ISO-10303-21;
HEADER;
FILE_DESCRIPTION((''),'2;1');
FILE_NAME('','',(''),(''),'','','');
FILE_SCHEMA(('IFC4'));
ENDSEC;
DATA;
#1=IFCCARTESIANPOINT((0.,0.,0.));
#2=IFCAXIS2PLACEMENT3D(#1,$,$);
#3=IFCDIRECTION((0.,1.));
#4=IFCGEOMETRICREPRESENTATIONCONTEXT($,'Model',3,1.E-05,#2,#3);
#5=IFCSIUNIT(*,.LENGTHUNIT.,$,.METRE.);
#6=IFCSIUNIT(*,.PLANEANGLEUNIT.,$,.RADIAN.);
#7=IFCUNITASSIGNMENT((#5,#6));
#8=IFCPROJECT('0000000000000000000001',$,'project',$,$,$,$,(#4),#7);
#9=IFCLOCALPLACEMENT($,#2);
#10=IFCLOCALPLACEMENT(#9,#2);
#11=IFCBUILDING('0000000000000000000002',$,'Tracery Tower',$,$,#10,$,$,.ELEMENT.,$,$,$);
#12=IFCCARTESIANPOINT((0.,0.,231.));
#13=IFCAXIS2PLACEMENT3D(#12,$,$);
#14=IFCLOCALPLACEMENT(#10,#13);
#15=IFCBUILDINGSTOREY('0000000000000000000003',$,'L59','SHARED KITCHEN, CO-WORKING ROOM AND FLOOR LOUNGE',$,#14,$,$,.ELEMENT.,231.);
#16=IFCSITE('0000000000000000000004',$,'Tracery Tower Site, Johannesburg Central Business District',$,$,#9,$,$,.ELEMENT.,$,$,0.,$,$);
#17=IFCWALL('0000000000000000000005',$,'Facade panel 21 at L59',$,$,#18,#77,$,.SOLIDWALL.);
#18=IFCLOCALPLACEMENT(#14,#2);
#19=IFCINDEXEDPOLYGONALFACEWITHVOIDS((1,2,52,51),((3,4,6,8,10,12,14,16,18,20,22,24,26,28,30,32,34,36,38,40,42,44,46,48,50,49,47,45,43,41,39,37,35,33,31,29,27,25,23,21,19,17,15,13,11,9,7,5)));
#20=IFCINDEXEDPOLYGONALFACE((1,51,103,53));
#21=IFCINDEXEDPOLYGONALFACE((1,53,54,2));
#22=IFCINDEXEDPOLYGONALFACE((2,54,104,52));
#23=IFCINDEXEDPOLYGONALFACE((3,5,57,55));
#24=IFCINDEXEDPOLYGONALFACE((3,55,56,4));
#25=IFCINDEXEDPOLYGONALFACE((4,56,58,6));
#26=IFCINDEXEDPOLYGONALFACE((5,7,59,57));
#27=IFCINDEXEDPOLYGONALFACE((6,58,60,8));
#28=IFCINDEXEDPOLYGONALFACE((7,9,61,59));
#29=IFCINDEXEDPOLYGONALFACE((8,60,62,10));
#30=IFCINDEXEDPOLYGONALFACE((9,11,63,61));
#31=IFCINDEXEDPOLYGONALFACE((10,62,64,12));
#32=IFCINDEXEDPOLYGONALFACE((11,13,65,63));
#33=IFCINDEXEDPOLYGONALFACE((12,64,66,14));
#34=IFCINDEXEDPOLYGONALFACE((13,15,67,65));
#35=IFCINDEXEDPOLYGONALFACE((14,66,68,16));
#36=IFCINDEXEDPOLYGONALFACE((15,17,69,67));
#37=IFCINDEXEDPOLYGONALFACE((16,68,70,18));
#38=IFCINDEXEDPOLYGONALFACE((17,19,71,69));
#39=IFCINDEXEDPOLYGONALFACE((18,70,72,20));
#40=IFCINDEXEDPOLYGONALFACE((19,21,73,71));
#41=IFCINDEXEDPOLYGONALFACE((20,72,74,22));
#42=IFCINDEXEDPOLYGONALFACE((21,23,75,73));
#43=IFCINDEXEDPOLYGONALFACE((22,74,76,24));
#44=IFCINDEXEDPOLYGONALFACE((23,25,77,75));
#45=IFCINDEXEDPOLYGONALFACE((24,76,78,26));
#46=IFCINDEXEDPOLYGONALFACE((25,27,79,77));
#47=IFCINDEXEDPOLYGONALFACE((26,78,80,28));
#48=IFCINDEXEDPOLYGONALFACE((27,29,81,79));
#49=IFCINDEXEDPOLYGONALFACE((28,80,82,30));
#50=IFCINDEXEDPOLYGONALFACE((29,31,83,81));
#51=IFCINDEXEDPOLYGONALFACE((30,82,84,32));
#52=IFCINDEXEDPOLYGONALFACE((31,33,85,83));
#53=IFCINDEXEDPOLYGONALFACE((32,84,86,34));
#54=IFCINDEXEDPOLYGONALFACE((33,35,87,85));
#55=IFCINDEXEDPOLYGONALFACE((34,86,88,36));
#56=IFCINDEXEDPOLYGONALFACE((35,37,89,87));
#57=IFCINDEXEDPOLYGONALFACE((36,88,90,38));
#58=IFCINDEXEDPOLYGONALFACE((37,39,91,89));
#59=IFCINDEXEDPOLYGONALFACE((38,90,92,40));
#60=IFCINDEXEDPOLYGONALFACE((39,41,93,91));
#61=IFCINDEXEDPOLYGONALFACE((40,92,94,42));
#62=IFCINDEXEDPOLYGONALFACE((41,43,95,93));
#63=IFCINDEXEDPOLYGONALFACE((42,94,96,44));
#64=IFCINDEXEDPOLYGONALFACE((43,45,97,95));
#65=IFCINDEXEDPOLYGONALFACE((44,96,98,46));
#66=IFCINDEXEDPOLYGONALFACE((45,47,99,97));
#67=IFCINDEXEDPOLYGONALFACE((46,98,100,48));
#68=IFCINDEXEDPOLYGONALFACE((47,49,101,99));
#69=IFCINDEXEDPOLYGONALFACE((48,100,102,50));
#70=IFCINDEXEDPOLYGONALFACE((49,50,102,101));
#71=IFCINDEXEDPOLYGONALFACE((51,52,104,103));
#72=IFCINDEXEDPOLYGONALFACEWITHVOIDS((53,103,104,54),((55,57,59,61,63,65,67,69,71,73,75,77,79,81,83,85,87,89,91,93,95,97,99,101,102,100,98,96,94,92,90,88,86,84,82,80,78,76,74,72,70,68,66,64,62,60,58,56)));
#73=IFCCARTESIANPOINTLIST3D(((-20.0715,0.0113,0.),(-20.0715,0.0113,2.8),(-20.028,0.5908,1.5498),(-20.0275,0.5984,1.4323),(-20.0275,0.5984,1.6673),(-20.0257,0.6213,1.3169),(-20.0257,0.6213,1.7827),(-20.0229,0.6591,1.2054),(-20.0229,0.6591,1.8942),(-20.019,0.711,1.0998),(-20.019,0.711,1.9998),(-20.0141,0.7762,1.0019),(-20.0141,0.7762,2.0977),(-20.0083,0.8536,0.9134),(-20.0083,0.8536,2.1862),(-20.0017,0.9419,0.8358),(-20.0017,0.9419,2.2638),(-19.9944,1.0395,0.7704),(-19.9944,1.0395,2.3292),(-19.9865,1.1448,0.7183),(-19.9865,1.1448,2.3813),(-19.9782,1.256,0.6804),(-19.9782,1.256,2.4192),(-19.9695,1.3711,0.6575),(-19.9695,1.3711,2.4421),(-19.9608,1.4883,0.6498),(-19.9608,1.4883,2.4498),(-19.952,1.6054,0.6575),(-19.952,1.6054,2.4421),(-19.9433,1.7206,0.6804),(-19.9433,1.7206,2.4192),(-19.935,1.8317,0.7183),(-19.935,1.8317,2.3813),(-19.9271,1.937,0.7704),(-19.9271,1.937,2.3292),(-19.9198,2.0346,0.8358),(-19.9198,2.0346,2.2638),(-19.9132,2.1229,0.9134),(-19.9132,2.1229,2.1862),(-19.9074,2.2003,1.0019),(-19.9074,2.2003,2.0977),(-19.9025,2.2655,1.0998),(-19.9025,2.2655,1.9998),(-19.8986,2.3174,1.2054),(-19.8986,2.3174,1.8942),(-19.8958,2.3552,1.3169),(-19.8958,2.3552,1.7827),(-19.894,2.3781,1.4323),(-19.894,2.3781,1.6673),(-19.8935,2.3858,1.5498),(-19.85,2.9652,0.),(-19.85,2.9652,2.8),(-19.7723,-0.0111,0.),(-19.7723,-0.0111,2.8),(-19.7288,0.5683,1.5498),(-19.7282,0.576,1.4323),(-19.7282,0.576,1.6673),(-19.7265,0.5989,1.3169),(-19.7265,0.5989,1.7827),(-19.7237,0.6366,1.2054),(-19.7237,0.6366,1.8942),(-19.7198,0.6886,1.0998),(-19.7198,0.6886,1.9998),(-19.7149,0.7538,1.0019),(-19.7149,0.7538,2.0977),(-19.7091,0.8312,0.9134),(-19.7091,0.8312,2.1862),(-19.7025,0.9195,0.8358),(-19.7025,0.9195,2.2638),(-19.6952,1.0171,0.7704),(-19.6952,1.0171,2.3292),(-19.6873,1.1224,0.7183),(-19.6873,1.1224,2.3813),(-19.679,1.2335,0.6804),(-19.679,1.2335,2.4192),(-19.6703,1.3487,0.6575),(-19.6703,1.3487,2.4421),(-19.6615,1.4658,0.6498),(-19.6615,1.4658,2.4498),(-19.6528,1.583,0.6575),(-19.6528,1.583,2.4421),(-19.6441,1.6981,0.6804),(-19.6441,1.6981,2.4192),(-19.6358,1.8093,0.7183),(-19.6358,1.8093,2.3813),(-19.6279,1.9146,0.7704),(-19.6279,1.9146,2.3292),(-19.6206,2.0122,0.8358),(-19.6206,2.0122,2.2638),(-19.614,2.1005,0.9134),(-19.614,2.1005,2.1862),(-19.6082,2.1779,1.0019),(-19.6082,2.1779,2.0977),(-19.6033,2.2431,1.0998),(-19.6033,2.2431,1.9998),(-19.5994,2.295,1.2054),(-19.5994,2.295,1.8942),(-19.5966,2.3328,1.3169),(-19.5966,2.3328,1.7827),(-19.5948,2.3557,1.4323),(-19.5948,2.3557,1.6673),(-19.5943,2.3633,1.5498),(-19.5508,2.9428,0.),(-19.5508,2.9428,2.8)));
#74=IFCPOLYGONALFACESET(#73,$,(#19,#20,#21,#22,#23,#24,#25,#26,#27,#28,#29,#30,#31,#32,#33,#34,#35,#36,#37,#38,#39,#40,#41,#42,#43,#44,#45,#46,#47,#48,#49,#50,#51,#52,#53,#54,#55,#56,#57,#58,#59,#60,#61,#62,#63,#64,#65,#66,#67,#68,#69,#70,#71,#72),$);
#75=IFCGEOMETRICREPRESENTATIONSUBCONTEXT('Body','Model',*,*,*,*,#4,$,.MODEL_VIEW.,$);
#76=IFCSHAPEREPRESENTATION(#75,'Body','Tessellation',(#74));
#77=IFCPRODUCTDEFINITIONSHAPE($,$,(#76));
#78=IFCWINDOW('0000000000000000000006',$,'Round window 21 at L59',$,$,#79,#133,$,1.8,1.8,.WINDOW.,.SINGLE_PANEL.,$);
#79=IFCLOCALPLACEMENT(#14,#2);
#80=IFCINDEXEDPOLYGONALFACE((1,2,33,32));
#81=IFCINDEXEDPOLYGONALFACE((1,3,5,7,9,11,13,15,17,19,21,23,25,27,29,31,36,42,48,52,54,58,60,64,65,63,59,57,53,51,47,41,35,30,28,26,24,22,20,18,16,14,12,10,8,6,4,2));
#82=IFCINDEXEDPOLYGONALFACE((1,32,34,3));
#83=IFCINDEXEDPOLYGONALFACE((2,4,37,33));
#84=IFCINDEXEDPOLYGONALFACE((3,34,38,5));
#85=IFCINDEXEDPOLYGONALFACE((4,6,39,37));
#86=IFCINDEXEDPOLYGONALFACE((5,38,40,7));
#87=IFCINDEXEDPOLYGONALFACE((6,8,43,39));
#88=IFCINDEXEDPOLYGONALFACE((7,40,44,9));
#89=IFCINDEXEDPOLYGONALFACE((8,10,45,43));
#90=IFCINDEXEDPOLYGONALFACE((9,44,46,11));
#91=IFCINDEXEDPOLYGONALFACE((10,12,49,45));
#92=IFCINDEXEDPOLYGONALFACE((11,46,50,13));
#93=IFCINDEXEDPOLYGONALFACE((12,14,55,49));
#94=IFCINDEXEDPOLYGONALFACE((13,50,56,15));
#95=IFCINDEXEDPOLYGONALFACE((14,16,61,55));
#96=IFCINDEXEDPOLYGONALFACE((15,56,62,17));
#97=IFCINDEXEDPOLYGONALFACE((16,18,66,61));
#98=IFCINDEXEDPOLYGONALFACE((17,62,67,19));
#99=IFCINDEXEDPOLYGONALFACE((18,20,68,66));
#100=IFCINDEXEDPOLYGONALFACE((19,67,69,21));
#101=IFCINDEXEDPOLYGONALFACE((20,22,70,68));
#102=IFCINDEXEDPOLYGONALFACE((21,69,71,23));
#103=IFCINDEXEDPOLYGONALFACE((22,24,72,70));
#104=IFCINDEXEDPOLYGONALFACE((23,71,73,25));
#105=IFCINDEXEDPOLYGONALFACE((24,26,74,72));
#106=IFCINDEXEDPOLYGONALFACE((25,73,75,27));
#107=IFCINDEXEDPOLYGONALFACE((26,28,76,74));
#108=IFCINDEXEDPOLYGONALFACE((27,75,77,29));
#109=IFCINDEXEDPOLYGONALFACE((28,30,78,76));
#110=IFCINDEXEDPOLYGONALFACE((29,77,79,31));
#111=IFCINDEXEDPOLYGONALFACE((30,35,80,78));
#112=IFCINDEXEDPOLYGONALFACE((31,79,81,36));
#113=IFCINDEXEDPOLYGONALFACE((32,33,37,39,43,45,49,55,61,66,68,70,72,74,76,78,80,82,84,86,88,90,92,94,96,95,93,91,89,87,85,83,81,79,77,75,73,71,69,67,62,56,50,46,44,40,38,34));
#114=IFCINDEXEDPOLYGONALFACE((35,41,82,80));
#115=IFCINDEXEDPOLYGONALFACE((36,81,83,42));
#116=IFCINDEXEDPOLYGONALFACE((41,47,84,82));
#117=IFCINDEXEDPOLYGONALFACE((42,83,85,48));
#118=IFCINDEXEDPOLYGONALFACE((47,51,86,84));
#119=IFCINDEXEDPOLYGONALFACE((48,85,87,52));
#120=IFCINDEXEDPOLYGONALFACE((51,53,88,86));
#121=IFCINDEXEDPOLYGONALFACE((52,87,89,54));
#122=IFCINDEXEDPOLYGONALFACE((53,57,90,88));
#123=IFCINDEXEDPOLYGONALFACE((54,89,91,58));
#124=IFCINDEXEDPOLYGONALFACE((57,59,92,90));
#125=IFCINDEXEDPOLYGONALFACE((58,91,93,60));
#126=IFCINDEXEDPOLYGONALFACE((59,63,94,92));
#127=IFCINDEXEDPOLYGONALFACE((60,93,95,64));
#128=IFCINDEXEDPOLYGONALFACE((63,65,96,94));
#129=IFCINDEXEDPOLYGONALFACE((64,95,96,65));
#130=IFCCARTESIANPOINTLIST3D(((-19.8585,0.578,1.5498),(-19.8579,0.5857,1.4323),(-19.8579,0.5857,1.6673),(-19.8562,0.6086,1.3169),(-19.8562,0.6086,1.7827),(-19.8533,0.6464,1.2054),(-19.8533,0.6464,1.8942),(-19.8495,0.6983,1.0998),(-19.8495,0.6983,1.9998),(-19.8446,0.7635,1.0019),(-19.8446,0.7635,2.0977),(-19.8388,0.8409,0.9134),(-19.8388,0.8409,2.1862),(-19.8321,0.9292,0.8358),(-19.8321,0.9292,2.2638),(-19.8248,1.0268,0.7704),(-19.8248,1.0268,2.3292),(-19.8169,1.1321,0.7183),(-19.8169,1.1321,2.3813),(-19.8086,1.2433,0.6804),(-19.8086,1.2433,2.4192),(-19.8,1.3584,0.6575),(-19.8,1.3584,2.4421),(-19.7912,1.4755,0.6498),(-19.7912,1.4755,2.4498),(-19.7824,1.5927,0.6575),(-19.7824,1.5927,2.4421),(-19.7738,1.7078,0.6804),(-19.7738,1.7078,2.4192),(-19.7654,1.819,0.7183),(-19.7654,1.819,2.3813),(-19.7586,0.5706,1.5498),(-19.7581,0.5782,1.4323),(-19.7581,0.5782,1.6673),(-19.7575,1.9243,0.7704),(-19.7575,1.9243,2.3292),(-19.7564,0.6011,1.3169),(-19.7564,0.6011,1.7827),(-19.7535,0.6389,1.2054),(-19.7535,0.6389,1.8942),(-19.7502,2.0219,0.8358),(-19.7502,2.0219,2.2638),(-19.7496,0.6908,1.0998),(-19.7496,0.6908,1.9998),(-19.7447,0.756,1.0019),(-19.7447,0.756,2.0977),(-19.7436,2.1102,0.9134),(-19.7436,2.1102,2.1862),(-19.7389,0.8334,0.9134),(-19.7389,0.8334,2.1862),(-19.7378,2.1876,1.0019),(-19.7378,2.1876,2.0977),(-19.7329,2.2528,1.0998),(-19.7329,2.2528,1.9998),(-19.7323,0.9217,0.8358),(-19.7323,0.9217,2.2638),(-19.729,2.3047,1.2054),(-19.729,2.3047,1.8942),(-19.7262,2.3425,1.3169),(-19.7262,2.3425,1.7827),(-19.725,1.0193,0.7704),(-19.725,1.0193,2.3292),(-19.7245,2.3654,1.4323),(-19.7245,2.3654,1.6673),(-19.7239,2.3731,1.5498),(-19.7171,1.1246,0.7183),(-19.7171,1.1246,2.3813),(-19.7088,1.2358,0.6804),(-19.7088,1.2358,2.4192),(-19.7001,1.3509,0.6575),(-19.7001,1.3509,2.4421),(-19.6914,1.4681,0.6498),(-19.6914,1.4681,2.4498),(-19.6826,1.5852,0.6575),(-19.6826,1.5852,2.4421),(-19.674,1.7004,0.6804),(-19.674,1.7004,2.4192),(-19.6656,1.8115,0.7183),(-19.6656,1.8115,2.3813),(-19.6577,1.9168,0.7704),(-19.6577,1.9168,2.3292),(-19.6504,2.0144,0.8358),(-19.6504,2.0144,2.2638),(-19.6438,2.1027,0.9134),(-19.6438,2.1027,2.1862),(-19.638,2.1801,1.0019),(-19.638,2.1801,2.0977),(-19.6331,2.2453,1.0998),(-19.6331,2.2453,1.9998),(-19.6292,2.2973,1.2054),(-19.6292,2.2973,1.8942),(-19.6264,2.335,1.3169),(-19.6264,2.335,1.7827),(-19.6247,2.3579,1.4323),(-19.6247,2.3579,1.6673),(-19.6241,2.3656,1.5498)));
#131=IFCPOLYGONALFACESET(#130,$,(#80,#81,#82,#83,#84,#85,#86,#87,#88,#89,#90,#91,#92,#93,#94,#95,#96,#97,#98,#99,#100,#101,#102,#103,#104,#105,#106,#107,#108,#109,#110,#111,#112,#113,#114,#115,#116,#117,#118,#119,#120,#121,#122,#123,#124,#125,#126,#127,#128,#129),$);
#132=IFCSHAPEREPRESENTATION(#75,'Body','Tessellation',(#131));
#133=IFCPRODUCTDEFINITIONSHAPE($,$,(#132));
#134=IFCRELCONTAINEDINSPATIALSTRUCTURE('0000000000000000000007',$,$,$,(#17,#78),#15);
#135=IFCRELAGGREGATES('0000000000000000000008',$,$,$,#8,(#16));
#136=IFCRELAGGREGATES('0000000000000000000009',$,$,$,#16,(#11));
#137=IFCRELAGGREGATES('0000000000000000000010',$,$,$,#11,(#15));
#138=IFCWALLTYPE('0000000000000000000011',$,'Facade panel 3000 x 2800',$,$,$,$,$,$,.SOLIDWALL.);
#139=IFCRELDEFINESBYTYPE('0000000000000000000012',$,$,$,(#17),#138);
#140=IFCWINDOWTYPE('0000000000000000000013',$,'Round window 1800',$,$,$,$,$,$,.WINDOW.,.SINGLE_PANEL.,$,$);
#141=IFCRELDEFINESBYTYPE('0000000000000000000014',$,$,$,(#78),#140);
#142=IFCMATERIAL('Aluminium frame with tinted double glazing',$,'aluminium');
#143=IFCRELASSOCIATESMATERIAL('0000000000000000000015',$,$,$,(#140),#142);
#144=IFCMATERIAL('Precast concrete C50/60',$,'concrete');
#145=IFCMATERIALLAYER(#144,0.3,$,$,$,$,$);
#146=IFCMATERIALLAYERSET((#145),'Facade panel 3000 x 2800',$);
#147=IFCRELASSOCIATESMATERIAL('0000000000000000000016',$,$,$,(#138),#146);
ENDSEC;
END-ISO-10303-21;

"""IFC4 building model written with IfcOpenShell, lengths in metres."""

from ifc_helpers import new_model, si_unit, direction, frame, frame_2d, origin, origin_2d, place, context, subcontext, project, spatial, rectangle, circle, extrude, material, layer, layer_set, type_object, element, fill, save


model = new_model("IFC4")

# Units and contexts
model_context = context("Model", 3, precision=1e-05, world=origin(), true_north=direction((0.0, 1.0)))
body_context = subcontext(model_context, "Body", "Model", "MODEL_VIEW")
ifc_project = project(units=[si_unit("LENGTHUNIT", "METRE"), si_unit("PLANEANGLEUNIT", "RADIAN")], contexts=[model_context])

# Site, building, storey
site_placement = place(None, origin())
site = spatial("IfcSite", under=ifc_project, at=site_placement, Name="Tracery Tower Site, Johannesburg Central Business District", CompositionType="ELEMENT", RefElevation=0.0)
building_placement = place(site_placement, origin())
building = spatial("IfcBuilding", under=site, at=building_placement, Name="Tracery Tower", CompositionType="ELEMENT")
storey_placement = place(building_placement, frame((0.0, 0.0, 231.0)))
storey = spatial("IfcBuildingStorey", under=building, at=storey_placement, Name="L59", Description="SHARED KITCHEN, CO-WORKING ROOM AND FLOOR LOUNGE", CompositionType="ELEMENT", Elevation=231.0)

# Wall, opening, window
ifc_material_1 = material(Name="Aluminium frame with tinted double glazing", Category="aluminium")
window_type = type_object("IfcWindowType", Name="Round window 1800", PartitioningType="SINGLE_PANEL", PredefinedType="WINDOW", material=ifc_material_1)
ifc_material_2 = material(Name="Precast concrete C50/60", Category="concrete")
ifc_layer_1 = layer(ifc_material_2, 0.3)
ifc_layer_set_1 = layer_set([ifc_layer_1], Name="Facade panel 3000 x 2800")
wall_type_1 = type_object("IfcWallType", Name="Facade panel 3000 x 2800", PredefinedType="SOLIDWALL", material=ifc_layer_set_1)
wall_1_placement = place(storey_placement, frame((-19.7004, 2.9539, 0.0), z_axis=(0.0, 0.0, 1.0), x_axis=(-0.074755, -0.997202, 0.0)))
wall_1 = element("IfcWall", 1, at=wall_1_placement, inside=storey, type_object=wall_type_1, Name="Facade panel 21 at L59", PredefinedType="SOLIDWALL", context=body_context, shape_type="SweptSolid", body=[
    extrude(rectangle(XDim=2.9622, YDim=0.3, at=frame_2d((1.481, 0.0))), origin(), (0.0, 0.0, 1.0), 2.8),
])
opening_1_placement = place(wall_1_placement, frame((1.481, 0.0, 1.5498)))
opening_1 = element("IfcOpeningElement", 2, at=opening_1_placement, cuts=wall_1, PredefinedType="OPENING", context=body_context, shape_type="SweptSolid", body=[
    extrude(circle(Radius=0.9, at=origin_2d()), frame((0.0, 0.1599, 0.0), z_axis=(0.0, -1.0, 0.0), x_axis=(1.0, 0.0, 0.0)), (0.0, 0.0, 1.0), 0.3201),
])
window_1_placement = place(opening_1_placement, origin())
window_1 = element("IfcWindow", 3, at=window_1_placement, inside=storey, type_object=window_type, Name="Round window 21 at L59", OverallHeight=1.8, OverallWidth=1.8, PartitioningType="SINGLE_PANEL", PredefinedType="WINDOW", context=body_context, shape_type="SweptSolid", body=[
    extrude(circle(Radius=0.9, at=origin_2d()), frame((0.0, 0.1201, 0.0), z_axis=(0.0, -1.0, 0.0), x_axis=(1.0, 0.0, 0.0)), (0.0, 0.0, 1.0), 0.1001),
])
fill(opening_1, window_1)

save(model, "model.ifc")
